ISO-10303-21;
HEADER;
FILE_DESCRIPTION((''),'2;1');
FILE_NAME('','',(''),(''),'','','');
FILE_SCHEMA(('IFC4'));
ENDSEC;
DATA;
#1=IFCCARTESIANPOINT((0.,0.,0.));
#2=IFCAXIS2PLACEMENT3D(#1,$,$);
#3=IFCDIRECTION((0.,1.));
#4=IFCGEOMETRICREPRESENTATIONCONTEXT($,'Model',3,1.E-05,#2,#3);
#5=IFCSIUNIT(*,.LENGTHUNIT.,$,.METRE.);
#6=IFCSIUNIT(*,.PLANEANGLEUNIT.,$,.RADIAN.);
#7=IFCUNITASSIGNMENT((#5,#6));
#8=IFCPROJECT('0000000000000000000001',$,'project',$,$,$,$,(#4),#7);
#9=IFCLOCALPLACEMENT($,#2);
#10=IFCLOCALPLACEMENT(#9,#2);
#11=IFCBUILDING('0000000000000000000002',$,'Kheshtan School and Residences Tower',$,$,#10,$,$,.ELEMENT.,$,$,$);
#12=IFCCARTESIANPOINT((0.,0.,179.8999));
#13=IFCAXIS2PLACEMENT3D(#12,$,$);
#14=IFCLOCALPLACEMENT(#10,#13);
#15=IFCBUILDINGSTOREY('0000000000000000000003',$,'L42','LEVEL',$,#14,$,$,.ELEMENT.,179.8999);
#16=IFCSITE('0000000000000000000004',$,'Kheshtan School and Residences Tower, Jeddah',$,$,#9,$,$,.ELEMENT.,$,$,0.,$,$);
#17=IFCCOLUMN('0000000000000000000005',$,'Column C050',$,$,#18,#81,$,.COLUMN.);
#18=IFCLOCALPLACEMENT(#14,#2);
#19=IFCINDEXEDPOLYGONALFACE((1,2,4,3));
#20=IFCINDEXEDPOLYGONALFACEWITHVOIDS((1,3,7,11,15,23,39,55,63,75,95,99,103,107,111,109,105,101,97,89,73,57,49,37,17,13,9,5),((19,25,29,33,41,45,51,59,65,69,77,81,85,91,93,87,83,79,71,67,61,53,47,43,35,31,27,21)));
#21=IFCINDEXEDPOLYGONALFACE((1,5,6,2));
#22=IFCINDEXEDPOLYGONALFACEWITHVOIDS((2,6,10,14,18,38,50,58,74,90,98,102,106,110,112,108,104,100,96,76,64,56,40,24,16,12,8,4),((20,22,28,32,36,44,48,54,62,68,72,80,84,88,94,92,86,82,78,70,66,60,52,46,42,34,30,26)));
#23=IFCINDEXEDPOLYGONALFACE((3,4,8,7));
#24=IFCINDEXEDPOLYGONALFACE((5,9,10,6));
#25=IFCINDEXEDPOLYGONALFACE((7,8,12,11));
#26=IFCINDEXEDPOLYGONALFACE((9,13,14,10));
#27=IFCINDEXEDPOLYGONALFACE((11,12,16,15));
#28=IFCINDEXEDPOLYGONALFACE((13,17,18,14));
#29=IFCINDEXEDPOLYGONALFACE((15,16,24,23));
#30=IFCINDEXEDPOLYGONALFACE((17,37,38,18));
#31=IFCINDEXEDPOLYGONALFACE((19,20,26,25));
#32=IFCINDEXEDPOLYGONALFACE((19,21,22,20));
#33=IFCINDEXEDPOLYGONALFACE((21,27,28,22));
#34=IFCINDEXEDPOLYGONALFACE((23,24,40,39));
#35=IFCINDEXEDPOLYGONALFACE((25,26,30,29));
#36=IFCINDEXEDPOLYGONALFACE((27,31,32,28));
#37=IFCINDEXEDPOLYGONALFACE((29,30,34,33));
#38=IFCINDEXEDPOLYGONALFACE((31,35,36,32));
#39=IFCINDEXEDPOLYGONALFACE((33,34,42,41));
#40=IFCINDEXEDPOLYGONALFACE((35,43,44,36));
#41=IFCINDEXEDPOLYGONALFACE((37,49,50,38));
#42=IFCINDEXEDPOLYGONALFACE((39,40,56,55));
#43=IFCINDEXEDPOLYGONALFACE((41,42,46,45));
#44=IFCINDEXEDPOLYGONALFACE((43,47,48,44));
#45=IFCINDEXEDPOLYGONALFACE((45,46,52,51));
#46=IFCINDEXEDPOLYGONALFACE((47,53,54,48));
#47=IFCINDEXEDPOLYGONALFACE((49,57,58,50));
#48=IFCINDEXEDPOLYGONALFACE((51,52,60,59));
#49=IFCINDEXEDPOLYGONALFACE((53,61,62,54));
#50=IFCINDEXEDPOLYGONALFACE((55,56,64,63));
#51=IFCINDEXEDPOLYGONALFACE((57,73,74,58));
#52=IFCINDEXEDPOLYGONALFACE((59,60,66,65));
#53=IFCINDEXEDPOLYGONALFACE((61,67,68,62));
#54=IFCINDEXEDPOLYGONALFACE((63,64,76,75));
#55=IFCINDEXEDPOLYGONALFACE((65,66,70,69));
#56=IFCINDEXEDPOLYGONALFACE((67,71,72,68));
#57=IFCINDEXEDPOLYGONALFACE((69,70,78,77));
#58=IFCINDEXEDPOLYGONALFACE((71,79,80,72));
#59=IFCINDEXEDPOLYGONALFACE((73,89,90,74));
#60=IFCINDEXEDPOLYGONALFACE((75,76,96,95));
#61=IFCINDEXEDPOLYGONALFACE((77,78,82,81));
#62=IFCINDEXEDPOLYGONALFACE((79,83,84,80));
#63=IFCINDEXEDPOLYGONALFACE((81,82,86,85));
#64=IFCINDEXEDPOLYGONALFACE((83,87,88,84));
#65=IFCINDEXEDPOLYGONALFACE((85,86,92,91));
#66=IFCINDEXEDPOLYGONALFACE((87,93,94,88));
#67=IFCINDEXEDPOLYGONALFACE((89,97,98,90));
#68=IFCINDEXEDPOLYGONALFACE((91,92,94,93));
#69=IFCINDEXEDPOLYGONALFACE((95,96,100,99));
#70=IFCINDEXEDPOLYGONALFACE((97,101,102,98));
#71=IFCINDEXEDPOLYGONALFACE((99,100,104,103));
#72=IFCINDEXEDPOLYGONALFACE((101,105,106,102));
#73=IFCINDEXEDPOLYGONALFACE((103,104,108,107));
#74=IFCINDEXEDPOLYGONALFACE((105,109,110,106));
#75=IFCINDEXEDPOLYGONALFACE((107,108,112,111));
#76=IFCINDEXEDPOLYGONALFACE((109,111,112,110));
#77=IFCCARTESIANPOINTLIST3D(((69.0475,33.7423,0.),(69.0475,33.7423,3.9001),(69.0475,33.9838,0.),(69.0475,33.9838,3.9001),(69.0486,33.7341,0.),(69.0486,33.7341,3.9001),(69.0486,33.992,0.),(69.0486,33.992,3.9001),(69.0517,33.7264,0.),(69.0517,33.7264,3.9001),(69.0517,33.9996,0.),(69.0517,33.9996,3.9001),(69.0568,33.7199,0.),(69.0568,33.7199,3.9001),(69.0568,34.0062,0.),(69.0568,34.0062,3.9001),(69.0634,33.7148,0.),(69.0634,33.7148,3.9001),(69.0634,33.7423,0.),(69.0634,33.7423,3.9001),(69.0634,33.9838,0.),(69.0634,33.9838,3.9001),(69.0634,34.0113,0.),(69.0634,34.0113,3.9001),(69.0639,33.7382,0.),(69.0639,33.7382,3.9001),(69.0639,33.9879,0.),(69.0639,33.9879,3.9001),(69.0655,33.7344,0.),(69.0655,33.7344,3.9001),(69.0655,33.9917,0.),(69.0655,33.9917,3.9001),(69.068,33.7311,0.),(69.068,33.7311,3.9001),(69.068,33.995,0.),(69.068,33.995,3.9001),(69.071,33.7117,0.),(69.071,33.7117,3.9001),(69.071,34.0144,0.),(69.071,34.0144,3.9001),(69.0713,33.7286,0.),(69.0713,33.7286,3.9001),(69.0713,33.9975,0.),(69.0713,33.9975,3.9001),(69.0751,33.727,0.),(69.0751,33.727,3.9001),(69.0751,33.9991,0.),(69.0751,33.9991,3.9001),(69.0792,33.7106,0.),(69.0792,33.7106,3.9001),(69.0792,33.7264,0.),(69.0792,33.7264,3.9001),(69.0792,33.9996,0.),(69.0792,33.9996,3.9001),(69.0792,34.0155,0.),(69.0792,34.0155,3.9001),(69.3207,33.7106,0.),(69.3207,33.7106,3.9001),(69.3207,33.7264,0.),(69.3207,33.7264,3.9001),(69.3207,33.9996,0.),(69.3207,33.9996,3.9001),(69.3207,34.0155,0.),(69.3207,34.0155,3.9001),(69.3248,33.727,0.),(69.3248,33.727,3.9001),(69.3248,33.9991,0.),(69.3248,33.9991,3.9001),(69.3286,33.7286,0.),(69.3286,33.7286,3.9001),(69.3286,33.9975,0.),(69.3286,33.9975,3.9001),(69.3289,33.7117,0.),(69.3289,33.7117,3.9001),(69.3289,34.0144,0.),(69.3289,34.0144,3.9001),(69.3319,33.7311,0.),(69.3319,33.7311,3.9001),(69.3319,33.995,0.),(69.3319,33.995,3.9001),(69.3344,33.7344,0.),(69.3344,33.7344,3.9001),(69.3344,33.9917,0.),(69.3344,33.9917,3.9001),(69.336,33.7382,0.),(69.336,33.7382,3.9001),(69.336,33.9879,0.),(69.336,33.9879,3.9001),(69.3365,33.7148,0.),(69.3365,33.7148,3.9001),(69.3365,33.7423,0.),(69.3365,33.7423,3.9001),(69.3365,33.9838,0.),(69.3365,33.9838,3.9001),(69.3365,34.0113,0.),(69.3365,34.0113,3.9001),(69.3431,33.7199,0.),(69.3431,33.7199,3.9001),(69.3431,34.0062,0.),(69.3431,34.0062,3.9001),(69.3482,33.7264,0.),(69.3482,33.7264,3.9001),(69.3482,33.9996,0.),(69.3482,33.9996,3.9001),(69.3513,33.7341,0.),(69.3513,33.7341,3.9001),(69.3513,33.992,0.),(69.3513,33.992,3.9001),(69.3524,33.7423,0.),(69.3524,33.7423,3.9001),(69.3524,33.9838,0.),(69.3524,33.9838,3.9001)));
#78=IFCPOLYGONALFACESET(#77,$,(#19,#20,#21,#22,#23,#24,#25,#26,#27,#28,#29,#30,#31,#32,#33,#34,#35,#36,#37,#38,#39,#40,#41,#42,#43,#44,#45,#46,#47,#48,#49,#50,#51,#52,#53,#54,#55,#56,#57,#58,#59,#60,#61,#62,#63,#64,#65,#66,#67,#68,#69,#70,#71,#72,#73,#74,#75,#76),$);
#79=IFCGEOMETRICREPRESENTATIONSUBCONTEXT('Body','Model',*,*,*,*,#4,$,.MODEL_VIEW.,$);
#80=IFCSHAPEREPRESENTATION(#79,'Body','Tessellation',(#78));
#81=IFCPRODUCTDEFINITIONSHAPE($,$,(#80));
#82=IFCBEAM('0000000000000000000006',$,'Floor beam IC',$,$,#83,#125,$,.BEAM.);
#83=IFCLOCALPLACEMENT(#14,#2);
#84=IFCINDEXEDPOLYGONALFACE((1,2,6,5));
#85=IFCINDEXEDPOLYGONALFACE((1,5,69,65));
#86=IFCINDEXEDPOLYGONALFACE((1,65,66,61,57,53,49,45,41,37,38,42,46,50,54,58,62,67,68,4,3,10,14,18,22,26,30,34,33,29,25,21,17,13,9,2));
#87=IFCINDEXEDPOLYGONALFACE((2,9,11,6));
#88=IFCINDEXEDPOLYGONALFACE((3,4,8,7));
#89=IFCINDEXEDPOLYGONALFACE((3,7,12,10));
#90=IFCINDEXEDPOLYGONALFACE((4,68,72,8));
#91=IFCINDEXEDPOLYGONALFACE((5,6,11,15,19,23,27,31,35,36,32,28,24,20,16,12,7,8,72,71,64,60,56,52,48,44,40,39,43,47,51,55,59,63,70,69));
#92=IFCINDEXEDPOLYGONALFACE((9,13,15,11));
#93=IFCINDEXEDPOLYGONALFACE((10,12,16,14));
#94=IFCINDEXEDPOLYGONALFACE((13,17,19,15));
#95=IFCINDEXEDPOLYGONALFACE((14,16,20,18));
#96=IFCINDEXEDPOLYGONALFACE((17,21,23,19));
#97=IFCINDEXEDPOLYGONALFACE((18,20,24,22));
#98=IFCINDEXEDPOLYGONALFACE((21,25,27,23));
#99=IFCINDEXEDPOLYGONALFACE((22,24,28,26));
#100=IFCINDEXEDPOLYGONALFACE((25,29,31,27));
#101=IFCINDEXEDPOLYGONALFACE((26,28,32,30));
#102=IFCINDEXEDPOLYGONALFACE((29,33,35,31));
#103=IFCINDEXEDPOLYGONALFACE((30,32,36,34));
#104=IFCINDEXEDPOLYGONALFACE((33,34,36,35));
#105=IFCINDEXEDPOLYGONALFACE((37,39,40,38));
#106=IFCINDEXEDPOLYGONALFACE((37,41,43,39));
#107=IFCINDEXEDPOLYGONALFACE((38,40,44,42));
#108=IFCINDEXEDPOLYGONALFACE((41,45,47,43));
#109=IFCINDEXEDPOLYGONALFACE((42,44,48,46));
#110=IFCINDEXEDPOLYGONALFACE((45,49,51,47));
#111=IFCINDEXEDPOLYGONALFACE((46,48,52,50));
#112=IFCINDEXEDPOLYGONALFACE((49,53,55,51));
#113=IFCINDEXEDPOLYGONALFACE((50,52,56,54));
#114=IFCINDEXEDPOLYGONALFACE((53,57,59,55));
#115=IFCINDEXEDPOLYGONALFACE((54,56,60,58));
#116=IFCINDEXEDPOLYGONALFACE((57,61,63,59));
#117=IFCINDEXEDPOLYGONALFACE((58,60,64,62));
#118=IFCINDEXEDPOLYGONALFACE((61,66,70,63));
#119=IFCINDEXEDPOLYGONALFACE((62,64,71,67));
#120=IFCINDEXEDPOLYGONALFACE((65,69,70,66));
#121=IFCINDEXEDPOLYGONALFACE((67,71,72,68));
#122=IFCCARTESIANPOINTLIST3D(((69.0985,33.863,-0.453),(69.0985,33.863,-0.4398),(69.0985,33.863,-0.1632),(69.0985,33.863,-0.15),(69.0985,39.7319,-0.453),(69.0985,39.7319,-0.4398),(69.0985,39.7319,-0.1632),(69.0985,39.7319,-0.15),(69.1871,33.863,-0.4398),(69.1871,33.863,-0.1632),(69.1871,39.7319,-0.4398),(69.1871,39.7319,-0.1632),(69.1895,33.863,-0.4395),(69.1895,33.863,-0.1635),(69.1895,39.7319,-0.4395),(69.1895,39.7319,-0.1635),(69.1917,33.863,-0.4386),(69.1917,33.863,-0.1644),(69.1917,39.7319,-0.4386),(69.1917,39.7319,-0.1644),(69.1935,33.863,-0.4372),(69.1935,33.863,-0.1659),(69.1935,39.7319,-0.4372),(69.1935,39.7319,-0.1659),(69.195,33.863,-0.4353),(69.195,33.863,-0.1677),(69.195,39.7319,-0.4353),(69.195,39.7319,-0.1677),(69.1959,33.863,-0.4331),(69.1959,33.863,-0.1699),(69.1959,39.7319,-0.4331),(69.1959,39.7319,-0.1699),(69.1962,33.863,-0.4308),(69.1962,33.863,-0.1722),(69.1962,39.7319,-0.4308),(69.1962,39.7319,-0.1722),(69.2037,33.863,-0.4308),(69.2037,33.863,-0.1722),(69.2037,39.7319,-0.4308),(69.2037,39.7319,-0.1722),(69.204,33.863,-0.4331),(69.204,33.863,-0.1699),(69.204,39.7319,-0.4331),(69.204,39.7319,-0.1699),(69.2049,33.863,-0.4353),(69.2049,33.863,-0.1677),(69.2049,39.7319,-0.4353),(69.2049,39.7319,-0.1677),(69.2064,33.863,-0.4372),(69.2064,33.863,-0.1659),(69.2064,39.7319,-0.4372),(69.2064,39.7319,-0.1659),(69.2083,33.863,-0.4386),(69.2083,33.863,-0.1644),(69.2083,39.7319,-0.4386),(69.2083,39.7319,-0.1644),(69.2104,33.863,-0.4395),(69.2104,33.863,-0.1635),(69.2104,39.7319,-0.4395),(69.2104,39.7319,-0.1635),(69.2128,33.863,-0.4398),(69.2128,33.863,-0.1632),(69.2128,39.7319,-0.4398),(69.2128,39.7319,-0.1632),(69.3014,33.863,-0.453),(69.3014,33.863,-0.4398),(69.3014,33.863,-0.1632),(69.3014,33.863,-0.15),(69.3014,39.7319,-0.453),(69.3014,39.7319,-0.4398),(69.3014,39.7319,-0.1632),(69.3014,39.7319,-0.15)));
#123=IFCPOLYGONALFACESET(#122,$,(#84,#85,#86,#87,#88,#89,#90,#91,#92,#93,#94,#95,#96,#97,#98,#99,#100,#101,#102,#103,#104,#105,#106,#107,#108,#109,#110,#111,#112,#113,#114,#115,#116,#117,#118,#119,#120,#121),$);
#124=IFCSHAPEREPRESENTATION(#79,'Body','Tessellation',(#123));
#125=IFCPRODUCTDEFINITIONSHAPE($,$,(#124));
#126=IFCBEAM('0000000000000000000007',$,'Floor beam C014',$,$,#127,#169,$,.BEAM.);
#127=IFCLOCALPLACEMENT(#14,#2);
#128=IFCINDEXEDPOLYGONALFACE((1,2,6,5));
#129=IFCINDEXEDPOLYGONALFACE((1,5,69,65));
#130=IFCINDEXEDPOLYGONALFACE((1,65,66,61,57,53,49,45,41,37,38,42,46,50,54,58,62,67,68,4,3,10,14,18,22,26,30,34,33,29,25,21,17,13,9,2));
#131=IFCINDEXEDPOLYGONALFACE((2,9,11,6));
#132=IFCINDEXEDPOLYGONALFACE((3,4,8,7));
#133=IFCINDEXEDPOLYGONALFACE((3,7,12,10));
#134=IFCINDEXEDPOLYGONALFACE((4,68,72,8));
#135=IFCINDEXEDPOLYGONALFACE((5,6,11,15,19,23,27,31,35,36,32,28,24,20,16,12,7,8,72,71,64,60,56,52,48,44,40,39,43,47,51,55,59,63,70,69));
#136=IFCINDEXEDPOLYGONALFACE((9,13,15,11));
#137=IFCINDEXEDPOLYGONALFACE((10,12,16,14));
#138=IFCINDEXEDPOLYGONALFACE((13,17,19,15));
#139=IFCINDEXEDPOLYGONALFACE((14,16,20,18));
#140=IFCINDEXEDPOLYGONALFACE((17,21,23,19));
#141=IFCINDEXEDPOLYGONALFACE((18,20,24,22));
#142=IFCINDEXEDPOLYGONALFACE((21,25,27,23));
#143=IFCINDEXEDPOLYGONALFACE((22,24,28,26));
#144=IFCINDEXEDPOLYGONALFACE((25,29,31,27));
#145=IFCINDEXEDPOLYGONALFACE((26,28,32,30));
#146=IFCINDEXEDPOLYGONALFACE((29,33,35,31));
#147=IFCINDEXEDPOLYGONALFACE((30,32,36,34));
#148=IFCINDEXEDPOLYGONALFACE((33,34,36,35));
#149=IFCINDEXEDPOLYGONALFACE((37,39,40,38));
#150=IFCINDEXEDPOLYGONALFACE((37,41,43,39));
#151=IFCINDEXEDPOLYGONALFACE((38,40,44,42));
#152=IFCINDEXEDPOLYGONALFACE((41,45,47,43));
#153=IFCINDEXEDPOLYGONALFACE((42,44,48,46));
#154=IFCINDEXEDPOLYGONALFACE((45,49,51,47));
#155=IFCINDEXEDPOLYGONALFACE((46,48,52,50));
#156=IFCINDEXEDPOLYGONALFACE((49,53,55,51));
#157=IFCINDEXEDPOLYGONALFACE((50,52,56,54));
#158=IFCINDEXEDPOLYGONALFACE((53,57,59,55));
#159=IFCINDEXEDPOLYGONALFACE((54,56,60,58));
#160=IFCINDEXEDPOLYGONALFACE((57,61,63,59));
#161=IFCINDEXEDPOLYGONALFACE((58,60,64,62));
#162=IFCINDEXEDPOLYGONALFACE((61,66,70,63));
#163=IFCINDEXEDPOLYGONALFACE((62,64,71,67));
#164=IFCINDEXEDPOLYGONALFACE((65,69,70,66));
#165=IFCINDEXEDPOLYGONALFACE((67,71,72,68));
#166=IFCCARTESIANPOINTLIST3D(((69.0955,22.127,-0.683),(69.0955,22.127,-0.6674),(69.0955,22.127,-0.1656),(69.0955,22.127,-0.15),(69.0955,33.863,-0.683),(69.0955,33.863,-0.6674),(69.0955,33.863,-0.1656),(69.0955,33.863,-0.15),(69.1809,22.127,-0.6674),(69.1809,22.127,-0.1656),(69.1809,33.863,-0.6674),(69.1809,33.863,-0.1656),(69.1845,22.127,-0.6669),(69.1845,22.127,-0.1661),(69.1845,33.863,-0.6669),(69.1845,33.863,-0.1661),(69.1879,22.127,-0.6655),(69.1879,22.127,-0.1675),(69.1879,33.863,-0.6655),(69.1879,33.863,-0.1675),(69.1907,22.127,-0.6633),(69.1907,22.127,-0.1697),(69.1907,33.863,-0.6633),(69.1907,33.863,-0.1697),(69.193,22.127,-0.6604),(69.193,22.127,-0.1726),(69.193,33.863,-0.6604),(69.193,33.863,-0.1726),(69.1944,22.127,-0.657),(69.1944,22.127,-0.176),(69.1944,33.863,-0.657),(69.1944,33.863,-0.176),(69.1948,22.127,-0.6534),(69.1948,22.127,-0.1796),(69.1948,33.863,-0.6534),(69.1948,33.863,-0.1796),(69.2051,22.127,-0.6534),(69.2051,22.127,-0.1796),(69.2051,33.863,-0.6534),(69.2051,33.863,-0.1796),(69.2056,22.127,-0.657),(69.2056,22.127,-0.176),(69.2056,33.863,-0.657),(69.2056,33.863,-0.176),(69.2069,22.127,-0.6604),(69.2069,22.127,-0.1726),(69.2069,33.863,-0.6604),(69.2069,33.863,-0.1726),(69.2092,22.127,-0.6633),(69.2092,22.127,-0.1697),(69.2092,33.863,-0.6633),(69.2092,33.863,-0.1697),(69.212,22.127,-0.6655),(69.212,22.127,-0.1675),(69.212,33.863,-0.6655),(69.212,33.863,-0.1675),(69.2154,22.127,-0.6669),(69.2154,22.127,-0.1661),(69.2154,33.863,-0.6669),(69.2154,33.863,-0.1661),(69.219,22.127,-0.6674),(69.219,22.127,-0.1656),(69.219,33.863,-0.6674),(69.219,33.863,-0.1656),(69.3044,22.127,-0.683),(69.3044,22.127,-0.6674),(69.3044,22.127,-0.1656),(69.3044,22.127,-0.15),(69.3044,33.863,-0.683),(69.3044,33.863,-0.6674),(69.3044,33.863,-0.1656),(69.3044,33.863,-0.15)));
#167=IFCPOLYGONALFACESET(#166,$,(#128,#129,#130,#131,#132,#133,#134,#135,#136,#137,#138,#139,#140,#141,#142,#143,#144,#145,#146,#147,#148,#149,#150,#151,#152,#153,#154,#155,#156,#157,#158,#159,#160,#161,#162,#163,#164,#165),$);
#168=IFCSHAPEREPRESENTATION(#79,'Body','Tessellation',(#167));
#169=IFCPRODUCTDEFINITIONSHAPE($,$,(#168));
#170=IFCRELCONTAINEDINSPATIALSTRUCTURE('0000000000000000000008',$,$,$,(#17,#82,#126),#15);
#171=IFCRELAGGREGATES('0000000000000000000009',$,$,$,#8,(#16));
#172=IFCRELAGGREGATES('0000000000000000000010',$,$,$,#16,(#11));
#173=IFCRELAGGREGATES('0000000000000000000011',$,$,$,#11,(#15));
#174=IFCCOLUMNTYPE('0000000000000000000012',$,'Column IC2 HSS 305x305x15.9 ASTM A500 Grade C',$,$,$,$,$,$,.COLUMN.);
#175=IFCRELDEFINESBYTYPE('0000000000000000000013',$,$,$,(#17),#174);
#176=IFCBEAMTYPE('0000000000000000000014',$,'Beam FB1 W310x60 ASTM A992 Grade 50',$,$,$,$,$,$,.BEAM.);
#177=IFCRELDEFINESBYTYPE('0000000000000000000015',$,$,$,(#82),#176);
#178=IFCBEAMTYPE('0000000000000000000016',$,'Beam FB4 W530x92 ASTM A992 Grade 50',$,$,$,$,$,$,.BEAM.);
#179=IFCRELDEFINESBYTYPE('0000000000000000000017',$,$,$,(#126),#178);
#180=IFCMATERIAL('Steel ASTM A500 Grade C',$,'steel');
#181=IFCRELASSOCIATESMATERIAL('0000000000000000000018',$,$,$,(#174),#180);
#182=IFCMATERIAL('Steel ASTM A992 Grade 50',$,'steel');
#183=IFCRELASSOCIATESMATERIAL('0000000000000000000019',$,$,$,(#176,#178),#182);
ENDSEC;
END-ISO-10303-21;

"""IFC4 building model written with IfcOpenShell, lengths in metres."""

from ifc_helpers import new_model, si_unit, direction, frame, origin, origin_2d, place, context, subcontext, project, spatial, hollow_rectangle, i_section, extrude, material, material_profile, profile_set, type_object, element, save


model = new_model("IFC4")

# Units and contexts
model_context = context("Model", 3, precision=1e-05, world=origin(), true_north=direction((0.0, 1.0)))
body_context = subcontext(model_context, "Body", "Model", "MODEL_VIEW")
ifc_project = project(units=[si_unit("LENGTHUNIT", "METRE"), si_unit("PLANEANGLEUNIT", "RADIAN")], contexts=[model_context])

# Site, building, storey
site_placement = place(None, origin())
site = spatial("IfcSite", under=ifc_project, at=site_placement, Name="Kheshtan School and Residences Tower, Jeddah", CompositionType="ELEMENT", RefElevation=0.0)
building_placement = place(site_placement, origin())
building = spatial("IfcBuilding", under=site, at=building_placement, Name="Kheshtan School and Residences Tower", CompositionType="ELEMENT")
storey_placement = place(building_placement, frame((0.0, 0.0, 179.8999)))
storey = spatial("IfcBuildingStorey", under=building, at=storey_placement, Name="L42", Description="LEVEL", CompositionType="ELEMENT", Elevation=179.8999)

# Column
ifc_material_1 = material(Name="Steel ASTM A992 Grade 50", Category="steel")
ifc_material_2 = material(Name="Steel ASTM A500 Grade C", Category="steel")
ifc_material_profile_1 = material_profile(ifc_material_2, hollow_rectangle(XDim=0.3049, YDim=0.3049, WallThickness=0.0159, InnerFilletRadius=0.0159, OuterFilletRadius=0.0317, at=origin_2d()), Name="HSS 305x305x15.9")
ifc_profile_set_1 = profile_set([ifc_material_profile_1], Name="Steel ASTM A500 Grade C")
column_type_1 = type_object("IfcColumnType", Name="Column IC2 HSS 305x305x15.9 ASTM A500 Grade C", PredefinedType="COLUMN", material=ifc_profile_set_1)
column_placement = place(storey_placement, frame((69.2, 33.863, 0.0), z_axis=(0.0, 0.0, 1.0), x_axis=(1.0, 0.0, 0.0)))
element("IfcColumn", 1, at=column_placement, inside=storey, type_object=column_type_1, Name="Column C050", PredefinedType="COLUMN", context=body_context, shape_type="SweptSolid", body=[
    extrude(hollow_rectangle(XDim=0.3049, YDim=0.3049, WallThickness=0.0159, InnerFilletRadius=0.0159, OuterFilletRadius=0.0317, at=origin_2d()), origin(), (0.0, 0.0, 1.0), 3.9001),
])

# Beams
ifc_material_profile_2 = material_profile(ifc_material_1, i_section(OverallWidth=0.2029, OverallDepth=0.303, WebThickness=0.0076, FlangeThickness=0.0132, FilletRadius=0.009, at=origin_2d()), Name="W310x60")
ifc_profile_set_2 = profile_set([ifc_material_profile_2], Name="Steel ASTM A992 Grade 50")
beam_type_1 = type_object("IfcBeamType", Name="Beam FB1 W310x60 ASTM A992 Grade 50", PredefinedType="BEAM", material=ifc_profile_set_2)
beam_1_placement = place(storey_placement, frame((69.2, 33.863, -0.3015), z_axis=(0.0, 1.0, 0.0), x_axis=(-1.0, 0.0, 0.0)))
element("IfcBeam", 2, at=beam_1_placement, inside=storey, type_object=beam_type_1, Name="Floor beam IC", PredefinedType="BEAM", context=body_context, shape_type="SweptSolid", body=[
    extrude(i_section(OverallWidth=0.2029, OverallDepth=0.303, WebThickness=0.0076, FlangeThickness=0.0132, FilletRadius=0.009, at=origin_2d()), origin(), (0.0, 0.0, 1.0), 5.8689),
])
ifc_material_profile_3 = material_profile(ifc_material_1, i_section(OverallWidth=0.209, OverallDepth=0.533, WebThickness=0.0103, FlangeThickness=0.0156, FilletRadius=0.0139, at=origin_2d()), Name="W530x92")
ifc_profile_set_3 = profile_set([ifc_material_profile_3], Name="Steel ASTM A992 Grade 50")
beam_type_2 = type_object("IfcBeamType", Name="Beam FB4 W530x92 ASTM A992 Grade 50", PredefinedType="BEAM", material=ifc_profile_set_3)
beam_2_placement = place(storey_placement, frame((69.2, 22.127, -0.4165), z_axis=(0.0, 1.0, 0.0), x_axis=(-1.0, 0.0, 0.0)))
element("IfcBeam", 3, at=beam_2_placement, inside=storey, type_object=beam_type_2, Name="Floor beam C014", PredefinedType="BEAM", context=body_context, shape_type="SweptSolid", body=[
    extrude(i_section(OverallWidth=0.209, OverallDepth=0.533, WebThickness=0.0103, FlangeThickness=0.0156, FilletRadius=0.0139, at=origin_2d()), origin(), (0.0, 0.0, 1.0), 11.7361),
])

save(model, "model.ifc")
